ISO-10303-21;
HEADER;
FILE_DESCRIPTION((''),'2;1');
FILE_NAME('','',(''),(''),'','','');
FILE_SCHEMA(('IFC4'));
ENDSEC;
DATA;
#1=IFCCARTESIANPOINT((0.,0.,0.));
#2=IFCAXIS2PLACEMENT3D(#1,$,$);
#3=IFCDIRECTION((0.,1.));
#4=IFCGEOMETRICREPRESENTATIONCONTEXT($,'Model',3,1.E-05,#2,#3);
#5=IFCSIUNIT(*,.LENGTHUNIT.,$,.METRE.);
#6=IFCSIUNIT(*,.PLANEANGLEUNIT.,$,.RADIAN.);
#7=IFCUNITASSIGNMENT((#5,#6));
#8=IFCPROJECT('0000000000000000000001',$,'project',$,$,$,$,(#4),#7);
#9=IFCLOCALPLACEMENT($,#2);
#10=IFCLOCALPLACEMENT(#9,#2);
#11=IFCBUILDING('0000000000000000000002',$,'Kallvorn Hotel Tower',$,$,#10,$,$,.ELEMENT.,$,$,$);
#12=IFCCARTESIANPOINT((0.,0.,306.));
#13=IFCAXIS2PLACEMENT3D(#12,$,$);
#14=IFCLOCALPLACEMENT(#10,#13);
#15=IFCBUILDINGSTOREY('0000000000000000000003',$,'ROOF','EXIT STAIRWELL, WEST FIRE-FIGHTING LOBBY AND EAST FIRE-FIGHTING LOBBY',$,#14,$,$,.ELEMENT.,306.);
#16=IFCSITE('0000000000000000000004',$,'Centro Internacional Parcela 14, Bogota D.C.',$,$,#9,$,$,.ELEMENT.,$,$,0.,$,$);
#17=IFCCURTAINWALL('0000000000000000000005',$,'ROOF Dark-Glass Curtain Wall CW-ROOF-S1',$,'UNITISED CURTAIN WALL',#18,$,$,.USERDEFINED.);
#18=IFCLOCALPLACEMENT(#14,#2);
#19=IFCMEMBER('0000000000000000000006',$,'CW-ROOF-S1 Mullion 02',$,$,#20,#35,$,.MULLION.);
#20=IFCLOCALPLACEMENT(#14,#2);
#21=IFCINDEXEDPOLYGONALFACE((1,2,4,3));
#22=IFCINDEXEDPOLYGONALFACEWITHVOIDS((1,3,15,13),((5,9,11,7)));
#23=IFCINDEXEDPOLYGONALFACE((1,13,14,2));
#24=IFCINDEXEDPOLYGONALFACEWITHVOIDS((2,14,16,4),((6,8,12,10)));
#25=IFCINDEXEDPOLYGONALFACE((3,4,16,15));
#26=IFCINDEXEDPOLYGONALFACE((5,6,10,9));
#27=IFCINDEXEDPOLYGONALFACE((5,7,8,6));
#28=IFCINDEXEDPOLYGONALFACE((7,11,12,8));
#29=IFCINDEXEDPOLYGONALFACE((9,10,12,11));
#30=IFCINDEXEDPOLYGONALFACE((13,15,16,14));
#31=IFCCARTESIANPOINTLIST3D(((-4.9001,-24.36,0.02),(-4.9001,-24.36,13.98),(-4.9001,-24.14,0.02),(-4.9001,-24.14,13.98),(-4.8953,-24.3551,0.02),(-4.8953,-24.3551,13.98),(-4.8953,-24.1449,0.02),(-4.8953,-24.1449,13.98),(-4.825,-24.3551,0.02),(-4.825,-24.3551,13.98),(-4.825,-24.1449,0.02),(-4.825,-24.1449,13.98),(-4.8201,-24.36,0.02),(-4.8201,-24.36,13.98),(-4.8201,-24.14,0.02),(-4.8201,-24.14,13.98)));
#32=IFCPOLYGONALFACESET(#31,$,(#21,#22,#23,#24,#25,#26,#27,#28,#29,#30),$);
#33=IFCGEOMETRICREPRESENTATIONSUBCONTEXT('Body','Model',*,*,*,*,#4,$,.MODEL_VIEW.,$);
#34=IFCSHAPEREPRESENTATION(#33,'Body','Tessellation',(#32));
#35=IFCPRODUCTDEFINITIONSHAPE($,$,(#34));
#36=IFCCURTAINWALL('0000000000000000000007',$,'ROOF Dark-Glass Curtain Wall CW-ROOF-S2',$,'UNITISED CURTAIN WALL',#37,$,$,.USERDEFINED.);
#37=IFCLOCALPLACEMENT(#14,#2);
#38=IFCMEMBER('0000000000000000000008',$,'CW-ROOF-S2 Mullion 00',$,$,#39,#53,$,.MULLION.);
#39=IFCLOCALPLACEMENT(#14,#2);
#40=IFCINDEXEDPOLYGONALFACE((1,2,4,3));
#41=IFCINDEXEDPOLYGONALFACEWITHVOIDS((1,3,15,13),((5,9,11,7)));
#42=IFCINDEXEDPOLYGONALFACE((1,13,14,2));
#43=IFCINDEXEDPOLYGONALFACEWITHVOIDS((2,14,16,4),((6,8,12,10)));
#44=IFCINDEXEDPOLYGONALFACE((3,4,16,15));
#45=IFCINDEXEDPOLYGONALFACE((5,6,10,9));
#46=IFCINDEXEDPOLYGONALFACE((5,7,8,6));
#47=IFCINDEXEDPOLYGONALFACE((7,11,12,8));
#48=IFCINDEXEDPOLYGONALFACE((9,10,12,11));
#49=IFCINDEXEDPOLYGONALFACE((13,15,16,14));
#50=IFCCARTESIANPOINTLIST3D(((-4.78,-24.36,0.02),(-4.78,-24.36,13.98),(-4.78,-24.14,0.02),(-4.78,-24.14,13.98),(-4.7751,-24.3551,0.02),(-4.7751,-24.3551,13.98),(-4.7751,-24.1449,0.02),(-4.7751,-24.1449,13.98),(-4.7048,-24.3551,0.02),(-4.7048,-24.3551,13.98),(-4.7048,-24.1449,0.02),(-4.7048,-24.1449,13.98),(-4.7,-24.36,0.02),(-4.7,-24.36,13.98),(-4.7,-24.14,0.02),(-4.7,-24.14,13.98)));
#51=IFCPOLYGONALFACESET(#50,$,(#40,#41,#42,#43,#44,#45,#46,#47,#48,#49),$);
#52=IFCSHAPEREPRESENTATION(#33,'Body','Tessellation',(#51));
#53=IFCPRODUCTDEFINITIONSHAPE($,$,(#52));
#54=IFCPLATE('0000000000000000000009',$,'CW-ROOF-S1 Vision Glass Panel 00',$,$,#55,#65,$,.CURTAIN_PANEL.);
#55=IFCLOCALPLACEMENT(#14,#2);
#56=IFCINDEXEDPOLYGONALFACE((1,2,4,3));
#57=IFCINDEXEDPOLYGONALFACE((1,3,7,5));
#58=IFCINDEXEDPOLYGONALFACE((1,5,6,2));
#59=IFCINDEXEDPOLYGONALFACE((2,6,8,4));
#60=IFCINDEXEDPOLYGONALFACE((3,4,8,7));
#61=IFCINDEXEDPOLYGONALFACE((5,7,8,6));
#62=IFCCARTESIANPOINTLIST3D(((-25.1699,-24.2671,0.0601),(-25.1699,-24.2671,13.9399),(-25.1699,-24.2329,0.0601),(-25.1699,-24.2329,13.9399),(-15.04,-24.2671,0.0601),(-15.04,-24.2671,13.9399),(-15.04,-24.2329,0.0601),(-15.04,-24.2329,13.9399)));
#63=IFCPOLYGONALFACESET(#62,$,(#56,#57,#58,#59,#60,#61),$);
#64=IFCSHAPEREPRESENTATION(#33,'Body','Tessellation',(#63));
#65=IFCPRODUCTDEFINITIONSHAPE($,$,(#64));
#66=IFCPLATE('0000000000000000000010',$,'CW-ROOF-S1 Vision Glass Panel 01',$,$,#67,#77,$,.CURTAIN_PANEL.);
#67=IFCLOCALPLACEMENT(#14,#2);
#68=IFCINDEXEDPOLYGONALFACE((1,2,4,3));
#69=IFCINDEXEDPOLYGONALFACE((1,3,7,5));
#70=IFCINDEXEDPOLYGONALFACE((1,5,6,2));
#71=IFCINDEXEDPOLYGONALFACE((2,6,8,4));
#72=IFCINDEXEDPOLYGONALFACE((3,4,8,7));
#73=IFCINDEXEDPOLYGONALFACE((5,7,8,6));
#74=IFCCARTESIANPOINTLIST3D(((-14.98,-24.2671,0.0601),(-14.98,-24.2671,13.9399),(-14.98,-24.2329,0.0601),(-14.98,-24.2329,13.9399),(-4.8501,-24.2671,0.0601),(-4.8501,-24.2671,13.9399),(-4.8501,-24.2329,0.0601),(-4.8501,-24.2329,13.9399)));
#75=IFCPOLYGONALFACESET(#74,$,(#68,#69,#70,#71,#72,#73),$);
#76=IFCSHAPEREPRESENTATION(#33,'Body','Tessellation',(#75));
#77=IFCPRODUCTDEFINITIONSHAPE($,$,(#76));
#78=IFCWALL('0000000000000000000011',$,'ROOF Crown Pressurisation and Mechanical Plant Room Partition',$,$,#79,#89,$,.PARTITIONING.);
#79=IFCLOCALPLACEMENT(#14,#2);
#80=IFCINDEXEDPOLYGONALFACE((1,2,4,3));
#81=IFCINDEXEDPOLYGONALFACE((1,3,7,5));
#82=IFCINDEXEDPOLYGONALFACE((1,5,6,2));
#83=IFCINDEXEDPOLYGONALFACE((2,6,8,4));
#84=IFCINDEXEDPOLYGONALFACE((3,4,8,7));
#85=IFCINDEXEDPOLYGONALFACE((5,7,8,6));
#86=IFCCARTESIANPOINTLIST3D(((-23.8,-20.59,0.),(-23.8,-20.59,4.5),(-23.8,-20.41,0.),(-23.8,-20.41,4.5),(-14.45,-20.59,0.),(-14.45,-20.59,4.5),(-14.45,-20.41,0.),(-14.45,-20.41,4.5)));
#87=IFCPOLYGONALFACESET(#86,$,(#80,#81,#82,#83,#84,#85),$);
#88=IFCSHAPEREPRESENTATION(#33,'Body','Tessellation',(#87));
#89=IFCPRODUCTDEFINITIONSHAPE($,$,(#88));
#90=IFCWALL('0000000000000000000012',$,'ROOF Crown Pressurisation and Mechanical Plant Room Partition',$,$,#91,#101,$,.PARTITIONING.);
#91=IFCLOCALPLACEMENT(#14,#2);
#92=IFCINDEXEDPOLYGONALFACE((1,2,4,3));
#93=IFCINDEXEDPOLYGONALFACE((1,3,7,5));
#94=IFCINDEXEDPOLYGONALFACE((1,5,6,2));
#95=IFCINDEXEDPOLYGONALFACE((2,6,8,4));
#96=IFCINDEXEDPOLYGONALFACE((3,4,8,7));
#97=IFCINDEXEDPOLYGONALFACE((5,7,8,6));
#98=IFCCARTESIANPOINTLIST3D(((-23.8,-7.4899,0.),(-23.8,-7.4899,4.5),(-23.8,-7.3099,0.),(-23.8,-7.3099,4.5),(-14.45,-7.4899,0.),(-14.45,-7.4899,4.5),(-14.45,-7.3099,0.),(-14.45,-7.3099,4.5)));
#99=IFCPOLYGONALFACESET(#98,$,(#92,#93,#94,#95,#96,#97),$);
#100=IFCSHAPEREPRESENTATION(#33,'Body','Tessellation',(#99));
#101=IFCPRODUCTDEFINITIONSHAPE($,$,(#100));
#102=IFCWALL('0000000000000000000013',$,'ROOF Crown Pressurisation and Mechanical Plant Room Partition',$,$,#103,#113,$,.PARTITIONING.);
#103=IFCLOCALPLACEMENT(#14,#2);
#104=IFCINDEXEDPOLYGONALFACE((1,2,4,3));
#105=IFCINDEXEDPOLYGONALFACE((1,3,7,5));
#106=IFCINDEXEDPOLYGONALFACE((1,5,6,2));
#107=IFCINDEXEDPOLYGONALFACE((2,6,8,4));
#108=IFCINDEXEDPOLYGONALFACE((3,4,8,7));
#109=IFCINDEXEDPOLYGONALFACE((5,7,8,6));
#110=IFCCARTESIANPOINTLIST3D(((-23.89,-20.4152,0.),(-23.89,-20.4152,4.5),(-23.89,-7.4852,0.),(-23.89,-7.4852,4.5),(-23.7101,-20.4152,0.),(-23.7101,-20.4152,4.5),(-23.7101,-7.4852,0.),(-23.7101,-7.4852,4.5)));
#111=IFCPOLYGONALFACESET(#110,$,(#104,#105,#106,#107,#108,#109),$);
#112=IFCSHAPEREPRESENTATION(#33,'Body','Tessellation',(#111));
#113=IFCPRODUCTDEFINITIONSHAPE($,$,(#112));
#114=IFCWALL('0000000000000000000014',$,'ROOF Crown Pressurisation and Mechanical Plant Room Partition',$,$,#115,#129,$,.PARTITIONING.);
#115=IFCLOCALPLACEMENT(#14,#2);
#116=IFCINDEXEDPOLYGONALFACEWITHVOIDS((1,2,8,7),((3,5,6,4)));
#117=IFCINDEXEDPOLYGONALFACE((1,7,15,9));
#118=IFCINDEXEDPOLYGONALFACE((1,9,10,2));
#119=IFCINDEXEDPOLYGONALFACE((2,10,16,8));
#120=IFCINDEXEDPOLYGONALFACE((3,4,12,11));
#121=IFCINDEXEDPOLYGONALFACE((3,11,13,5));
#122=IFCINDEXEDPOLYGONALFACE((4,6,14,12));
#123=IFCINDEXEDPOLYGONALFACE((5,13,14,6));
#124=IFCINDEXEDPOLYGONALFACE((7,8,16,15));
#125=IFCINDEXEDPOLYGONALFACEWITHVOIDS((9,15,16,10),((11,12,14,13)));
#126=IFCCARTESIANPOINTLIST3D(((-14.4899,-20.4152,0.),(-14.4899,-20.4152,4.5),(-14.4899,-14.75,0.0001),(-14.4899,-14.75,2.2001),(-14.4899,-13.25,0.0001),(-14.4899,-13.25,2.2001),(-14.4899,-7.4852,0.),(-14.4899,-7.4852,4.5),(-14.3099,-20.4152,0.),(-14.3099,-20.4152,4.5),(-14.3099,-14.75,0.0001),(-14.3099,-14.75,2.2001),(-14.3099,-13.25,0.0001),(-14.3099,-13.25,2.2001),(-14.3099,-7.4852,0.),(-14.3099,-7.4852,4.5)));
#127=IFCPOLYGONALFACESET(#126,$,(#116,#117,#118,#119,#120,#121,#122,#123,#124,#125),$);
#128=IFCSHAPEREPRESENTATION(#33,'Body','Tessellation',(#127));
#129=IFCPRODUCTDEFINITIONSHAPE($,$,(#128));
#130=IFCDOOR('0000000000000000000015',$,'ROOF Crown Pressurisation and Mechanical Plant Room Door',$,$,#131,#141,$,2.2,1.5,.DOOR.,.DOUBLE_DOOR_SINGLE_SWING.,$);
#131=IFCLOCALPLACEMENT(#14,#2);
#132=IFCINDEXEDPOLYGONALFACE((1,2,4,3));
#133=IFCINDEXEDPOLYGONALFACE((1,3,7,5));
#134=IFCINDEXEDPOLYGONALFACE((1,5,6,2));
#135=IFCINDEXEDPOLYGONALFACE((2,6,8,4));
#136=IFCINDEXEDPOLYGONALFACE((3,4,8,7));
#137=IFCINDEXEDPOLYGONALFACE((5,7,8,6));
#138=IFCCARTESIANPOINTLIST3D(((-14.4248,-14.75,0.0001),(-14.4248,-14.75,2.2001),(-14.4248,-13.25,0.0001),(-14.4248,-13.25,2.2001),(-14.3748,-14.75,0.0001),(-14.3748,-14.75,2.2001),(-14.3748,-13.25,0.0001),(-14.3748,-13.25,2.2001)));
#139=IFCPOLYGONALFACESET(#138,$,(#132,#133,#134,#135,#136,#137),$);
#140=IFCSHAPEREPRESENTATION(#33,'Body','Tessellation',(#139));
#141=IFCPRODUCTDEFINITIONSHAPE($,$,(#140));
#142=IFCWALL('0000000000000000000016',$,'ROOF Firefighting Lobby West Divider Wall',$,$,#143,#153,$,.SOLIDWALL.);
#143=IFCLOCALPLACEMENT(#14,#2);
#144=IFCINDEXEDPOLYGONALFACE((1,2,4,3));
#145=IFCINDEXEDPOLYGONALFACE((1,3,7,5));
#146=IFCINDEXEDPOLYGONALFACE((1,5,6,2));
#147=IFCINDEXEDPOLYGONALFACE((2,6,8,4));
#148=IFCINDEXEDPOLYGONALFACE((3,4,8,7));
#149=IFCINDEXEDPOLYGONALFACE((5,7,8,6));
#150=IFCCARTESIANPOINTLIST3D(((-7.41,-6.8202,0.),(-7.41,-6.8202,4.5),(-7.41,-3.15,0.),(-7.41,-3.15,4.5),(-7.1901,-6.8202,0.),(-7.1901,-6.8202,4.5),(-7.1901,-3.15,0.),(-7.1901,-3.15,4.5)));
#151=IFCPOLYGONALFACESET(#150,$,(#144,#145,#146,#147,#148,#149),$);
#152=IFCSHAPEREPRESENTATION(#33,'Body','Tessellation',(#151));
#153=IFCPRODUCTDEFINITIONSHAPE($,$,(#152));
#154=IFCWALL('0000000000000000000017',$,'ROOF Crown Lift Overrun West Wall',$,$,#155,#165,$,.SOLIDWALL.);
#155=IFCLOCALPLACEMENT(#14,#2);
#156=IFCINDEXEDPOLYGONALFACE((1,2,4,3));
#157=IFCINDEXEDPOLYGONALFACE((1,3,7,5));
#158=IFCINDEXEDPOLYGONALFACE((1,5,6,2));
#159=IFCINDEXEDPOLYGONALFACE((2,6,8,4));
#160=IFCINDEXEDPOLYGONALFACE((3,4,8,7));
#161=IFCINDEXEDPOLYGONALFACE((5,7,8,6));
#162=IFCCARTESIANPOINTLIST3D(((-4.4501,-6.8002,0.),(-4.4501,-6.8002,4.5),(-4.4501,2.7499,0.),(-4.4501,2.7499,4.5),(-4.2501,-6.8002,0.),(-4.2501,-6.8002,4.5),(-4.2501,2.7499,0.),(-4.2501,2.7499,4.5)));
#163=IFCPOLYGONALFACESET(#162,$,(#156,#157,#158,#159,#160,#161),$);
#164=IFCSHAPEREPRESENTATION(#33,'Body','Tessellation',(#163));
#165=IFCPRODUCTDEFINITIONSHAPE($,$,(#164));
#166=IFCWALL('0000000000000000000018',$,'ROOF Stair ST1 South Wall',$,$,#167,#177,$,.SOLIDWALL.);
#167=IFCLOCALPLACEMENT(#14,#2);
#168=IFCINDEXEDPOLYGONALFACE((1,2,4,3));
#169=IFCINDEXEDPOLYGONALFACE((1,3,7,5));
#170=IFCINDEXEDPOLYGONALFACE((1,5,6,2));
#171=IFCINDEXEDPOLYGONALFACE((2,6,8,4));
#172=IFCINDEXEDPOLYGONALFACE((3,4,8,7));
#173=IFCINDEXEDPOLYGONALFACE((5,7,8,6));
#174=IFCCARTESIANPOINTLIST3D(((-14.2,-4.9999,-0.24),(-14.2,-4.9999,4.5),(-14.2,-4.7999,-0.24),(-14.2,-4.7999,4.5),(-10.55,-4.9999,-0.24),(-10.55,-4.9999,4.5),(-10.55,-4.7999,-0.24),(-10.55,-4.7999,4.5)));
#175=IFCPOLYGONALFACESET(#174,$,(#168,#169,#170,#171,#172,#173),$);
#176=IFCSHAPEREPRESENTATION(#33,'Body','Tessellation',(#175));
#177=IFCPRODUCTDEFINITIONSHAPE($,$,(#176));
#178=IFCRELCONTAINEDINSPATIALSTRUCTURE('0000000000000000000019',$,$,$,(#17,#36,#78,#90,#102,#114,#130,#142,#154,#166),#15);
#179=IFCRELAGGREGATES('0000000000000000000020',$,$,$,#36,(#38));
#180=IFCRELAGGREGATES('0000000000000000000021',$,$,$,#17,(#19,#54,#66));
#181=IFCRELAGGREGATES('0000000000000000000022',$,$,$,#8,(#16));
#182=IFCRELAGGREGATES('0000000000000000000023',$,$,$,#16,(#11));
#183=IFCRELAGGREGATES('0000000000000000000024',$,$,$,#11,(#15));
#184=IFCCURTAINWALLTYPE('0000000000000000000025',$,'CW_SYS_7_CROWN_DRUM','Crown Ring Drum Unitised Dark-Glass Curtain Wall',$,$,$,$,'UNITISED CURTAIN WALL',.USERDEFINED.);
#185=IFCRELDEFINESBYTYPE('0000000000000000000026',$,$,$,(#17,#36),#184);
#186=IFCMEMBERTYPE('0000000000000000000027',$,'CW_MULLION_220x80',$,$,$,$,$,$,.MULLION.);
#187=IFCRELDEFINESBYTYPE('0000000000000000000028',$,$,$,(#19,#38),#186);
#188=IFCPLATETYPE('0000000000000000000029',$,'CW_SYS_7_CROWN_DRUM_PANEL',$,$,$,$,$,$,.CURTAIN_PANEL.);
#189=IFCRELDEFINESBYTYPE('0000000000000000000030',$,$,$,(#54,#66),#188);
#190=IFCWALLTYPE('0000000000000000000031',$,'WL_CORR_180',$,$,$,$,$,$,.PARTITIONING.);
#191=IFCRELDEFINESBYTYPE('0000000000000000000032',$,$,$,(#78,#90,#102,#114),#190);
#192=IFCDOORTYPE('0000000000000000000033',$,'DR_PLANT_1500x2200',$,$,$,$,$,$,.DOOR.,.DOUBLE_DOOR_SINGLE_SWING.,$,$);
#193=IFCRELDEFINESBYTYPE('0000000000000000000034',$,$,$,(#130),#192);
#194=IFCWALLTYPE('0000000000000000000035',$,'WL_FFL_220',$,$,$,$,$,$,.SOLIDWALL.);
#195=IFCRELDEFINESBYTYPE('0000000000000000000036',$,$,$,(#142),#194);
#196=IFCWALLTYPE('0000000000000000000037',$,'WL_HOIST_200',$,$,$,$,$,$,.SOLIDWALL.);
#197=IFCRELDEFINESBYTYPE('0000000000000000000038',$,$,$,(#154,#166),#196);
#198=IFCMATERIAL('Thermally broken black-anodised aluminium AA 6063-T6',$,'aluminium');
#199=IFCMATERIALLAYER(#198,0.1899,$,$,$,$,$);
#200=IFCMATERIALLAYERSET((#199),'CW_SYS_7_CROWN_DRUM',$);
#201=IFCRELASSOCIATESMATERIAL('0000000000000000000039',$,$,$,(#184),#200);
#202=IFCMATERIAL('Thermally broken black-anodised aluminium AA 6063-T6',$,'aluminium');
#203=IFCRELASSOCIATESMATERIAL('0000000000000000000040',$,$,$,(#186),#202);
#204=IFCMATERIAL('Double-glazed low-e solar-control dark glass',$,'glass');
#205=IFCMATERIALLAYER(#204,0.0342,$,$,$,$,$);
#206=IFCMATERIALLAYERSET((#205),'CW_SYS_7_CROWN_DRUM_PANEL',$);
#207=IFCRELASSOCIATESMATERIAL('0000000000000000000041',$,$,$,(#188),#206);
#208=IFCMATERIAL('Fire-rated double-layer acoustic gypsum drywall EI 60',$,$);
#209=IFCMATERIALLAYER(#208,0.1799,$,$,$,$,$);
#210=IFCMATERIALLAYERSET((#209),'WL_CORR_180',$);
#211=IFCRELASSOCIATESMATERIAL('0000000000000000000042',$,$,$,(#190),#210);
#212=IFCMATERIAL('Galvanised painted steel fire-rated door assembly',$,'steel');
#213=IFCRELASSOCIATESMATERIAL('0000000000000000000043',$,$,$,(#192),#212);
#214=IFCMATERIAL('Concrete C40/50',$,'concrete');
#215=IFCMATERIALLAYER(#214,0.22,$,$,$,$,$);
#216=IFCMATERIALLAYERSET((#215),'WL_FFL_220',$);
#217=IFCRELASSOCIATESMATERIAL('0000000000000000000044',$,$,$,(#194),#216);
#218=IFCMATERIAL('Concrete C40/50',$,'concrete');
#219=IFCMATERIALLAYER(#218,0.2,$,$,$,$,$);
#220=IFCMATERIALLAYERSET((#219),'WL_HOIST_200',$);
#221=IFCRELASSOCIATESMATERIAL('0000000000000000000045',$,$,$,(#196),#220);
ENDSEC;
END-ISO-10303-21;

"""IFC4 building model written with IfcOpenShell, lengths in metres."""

from ifc_helpers import new_model, si_unit, direction, frame, frame_2d, origin, origin_2d, place, context, subcontext, project, spatial, rectangle, hollow_rectangle, extrude, material, layer, layer_set, material_profile, profile_set, type_object, element, fill, aggregate, save


model = new_model("IFC4")

# Units and contexts
model_context = context("Model", 3, precision=1e-05, world=origin(), true_north=direction((0.0, 1.0)))
body_context = subcontext(model_context, "Body", "Model", "MODEL_VIEW")
ifc_project = project(units=[si_unit("LENGTHUNIT", "METRE"), si_unit("PLANEANGLEUNIT", "RADIAN")], contexts=[model_context])

# Site, building, storey
site_placement = place(None, origin())
site = spatial("IfcSite", under=ifc_project, at=site_placement, Name="Centro Internacional Parcela 14, Bogota D.C.", CompositionType="ELEMENT", RefElevation=0.0)
building_placement = place(site_placement, origin())
building = spatial("IfcBuilding", under=site, at=building_placement, Name="Kallvorn Hotel Tower", CompositionType="ELEMENT")
storey_placement = place(building_placement, frame((0.0, 0.0, 306.0)))
storey = spatial("IfcBuildingStorey", under=building, at=storey_placement, Name="ROOF", Description="EXIT STAIRWELL, WEST FIRE-FIGHTING LOBBY AND EAST FIRE-FIGHTING LOBBY", CompositionType="ELEMENT", Elevation=306.0)

# Curtain wall, member
ifc_material_1 = material(Name="Thermally broken black-anodised aluminium AA 6063-T6", Category="aluminium")
ifc_layer_1 = layer(ifc_material_1, 0.1899)
ifc_layer_set_1 = layer_set([ifc_layer_1], Name="CW_SYS_7_CROWN_DRUM")
curtain_wall_type = type_object("IfcCurtainWallType", Name="CW_SYS_7_CROWN_DRUM", Description="Crown Ring Drum Unitised Dark-Glass Curtain Wall", ElementType="UNITISED CURTAIN WALL", PredefinedType="USERDEFINED", material=ifc_layer_set_1)
curtain_wall_1_placement = place(storey_placement, origin())
curtain_wall_1 = element("IfcCurtainWall", 1, at=curtain_wall_1_placement, inside=storey, type_object=curtain_wall_type, Name="ROOF Dark-Glass Curtain Wall CW-ROOF-S1", ObjectType="UNITISED CURTAIN WALL", PredefinedType="USERDEFINED")
ifc_material_2 = material(Name="Thermally broken black-anodised aluminium AA 6063-T6", Category="aluminium")
ifc_material_profile_1 = material_profile(ifc_material_2, hollow_rectangle(XDim=0.0801, YDim=0.22, WallThickness=0.0049, at=origin_2d()), Name="MUL 220x80")
ifc_profile_set_1 = profile_set([ifc_material_profile_1], Name="Thermally broken black-anodised aluminium AA 6063-T6")
member_type = type_object("IfcMemberType", Name="CW_MULLION_220x80", PredefinedType="MULLION", material=ifc_profile_set_1)
member_1_placement = place(storey_placement, frame((-4.8601, -24.25, 0.02), z_axis=(0.0, 0.0, 1.0), x_axis=(1.0, 0.0, 0.0)))
member_1 = element("IfcMember", 2, at=member_1_placement, type_object=member_type, Name="CW-ROOF-S1 Mullion 02", PredefinedType="MULLION", context=body_context, shape_type="SweptSolid", body=[
    extrude(hollow_rectangle(XDim=0.0801, YDim=0.22, WallThickness=0.0049, at=origin_2d()), origin(), (0.0, 0.0, 1.0), 13.96),
])

# Curtain wall, member
curtain_wall_2_placement = place(storey_placement, origin())
curtain_wall_2 = element("IfcCurtainWall", 3, at=curtain_wall_2_placement, inside=storey, type_object=curtain_wall_type, Name="ROOF Dark-Glass Curtain Wall CW-ROOF-S2", ObjectType="UNITISED CURTAIN WALL", PredefinedType="USERDEFINED")
member_2_placement = place(storey_placement, frame((-4.74, -24.25, 0.02), z_axis=(0.0, 0.0, 1.0), x_axis=(1.0, 0.0, 0.0)))
member_2 = element("IfcMember", 4, at=member_2_placement, type_object=member_type, Name="CW-ROOF-S2 Mullion 00", PredefinedType="MULLION", context=body_context, shape_type="SweptSolid", body=[
    extrude(hollow_rectangle(XDim=0.0801, YDim=0.22, WallThickness=0.0049, at=origin_2d()), origin(), (0.0, 0.0, 1.0), 13.96),
])
aggregate(curtain_wall_2, [member_2])

# Plates
ifc_material_3 = material(Name="Double-glazed low-e solar-control dark glass", Category="glass")
ifc_layer_2 = layer(ifc_material_3, 0.0342)
ifc_layer_set_2 = layer_set([ifc_layer_2], Name="CW_SYS_7_CROWN_DRUM_PANEL")
plate_type = type_object("IfcPlateType", Name="CW_SYS_7_CROWN_DRUM_PANEL", PredefinedType="CURTAIN_PANEL", material=ifc_layer_set_2)
plate_1_placement = place(storey_placement, frame((-20.105, -24.25, 0.0601), z_axis=(0.0, 0.0, 1.0), x_axis=(1.0, 0.0, 0.0)))
plate_1 = element("IfcPlate", 5, at=plate_1_placement, type_object=plate_type, Name="CW-ROOF-S1 Vision Glass Panel 00", PredefinedType="CURTAIN_PANEL", context=body_context, shape_type="SweptSolid", body=[
    extrude(rectangle(XDim=10.1299, YDim=0.0342, at=origin_2d()), origin(), (0.0, 0.0, 1.0), 13.8799),
])
plate_2_placement = place(storey_placement, frame((-9.915, -24.25, 0.0601), z_axis=(0.0, 0.0, 1.0), x_axis=(1.0, 0.0, 0.0)))
plate_2 = element("IfcPlate", 6, at=plate_2_placement, type_object=plate_type, Name="CW-ROOF-S1 Vision Glass Panel 01", PredefinedType="CURTAIN_PANEL", context=body_context, shape_type="SweptSolid", body=[
    extrude(rectangle(XDim=10.1299, YDim=0.0342, at=origin_2d()), origin(), (0.0, 0.0, 1.0), 13.8799),
])
aggregate(curtain_wall_1, [member_1, plate_1, plate_2])

# Walls
ifc_material_4 = material(Name="Fire-rated double-layer acoustic gypsum drywall EI 60")
ifc_layer_3 = layer(ifc_material_4, 0.1799)
ifc_layer_set_3 = layer_set([ifc_layer_3], Name="WL_CORR_180")
wall_type_1 = type_object("IfcWallType", Name="WL_CORR_180", PredefinedType="PARTITIONING", material=ifc_layer_set_3)
for number, where, z_axis, x_axis, name in (
    (7, (-23.8, -20.5, 0.0), (0.0, 0.0, 1.0), (1.0, 0.0, 0.0), "ROOF Crown Pressurisation and Mechanical Plant Room Partition"),
    (8, (-23.8, -7.3999, 0.0), (0.0, 0.0, 1.0), (1.0, 0.0, 0.0), "ROOF Crown Pressurisation and Mechanical Plant Room Partition"),
):
    element("IfcWall", number, at=place(storey_placement, frame(where, z_axis=z_axis, x_axis=x_axis)), inside=storey, type_object=wall_type_1, Name=name, PredefinedType="PARTITIONING", context=body_context, shape_type="SweptSolid", body=[
        extrude(rectangle(XDim=9.3501, YDim=0.1799, at=frame_2d((4.675, 0.0))), origin(), (0.0, 0.0, 1.0), 4.5),
    ])
wall_1_placement = place(storey_placement, frame((-23.8, -20.415, 0.0), z_axis=(0.0, 0.0, 1.0), x_axis=(0.0, 1.0, 0.0)))
element("IfcWall", 9, at=wall_1_placement, inside=storey, type_object=wall_type_1, Name="ROOF Crown Pressurisation and Mechanical Plant Room Partition", PredefinedType="PARTITIONING", context=body_context, shape_type="SweptSolid", body=[
    extrude(rectangle(XDim=12.9299, YDim=0.1799, at=frame_2d((6.4648, 0.0))), origin(), (0.0, 0.0, 1.0), 4.5),
])

# Wall, opening, door
wall_2_placement = place(storey_placement, frame((-14.3999, -20.415, 0.0), z_axis=(0.0, 0.0, 1.0), x_axis=(0.0, 1.0, 0.0)))
wall_2 = element("IfcWall", 10, at=wall_2_placement, inside=storey, type_object=wall_type_1, Name="ROOF Crown Pressurisation and Mechanical Plant Room Partition", PredefinedType="PARTITIONING", context=body_context, shape_type="SweptSolid", body=[
    extrude(rectangle(XDim=12.9299, YDim=0.1799, at=frame_2d((6.4648, 0.0))), origin(), (0.0, 0.0, 1.0), 4.5),
])
opening_1_placement = place(wall_2_placement, frame((5.665, 0.0, 0.0)))
opening_1 = element("IfcOpeningElement", 11, at=opening_1_placement, cuts=wall_2, PredefinedType="OPENING", context=body_context, shape_type="SweptSolid", body=[
    extrude(rectangle(XDim=1.5, YDim=2.2, at=frame_2d((0.75, 1.1001))), frame((0.0, 0.1047, 0.0), z_axis=(0.0, -1.0, 0.0), x_axis=(1.0, 0.0, 0.0)), (0.0, 0.0, 1.0), 0.21),
])
ifc_material_5 = material(Name="Galvanised painted steel fire-rated door assembly", Category="steel")
door_type_1 = type_object("IfcDoorType", Name="DR_PLANT_1500x2200", OperationType="DOUBLE_DOOR_SINGLE_SWING", PredefinedType="DOOR", material=ifc_material_5)
door_1_placement = place(opening_1_placement, origin())
door_1 = element("IfcDoor", 12, at=door_1_placement, inside=storey, type_object=door_type_1, Name="ROOF Crown Pressurisation and Mechanical Plant Room Door", OperationType="DOUBLE_DOOR_SINGLE_SWING", OverallHeight=2.2, OverallWidth=1.5, PredefinedType="DOOR", context=body_context, shape_type="SweptSolid", body=[
    extrude(rectangle(XDim=1.5, YDim=2.2, at=frame_2d((0.75, 1.1001))), frame((0.0, 0.0249, 0.0), z_axis=(0.0, -1.0, 0.0), x_axis=(1.0, 0.0, 0.0)), (0.0, 0.0, 1.0), 0.05),
])
fill(opening_1, door_1)

# Walls
ifc_material_6 = material(Name="Concrete C40/50", Category="concrete")
ifc_layer_4 = layer(ifc_material_6, 0.22)
ifc_layer_set_4 = layer_set([ifc_layer_4], Name="WL_FFL_220")
wall_type_2 = type_object("IfcWallType", Name="WL_FFL_220", PredefinedType="SOLIDWALL", material=ifc_layer_set_4)
wall_3_placement = place(storey_placement, frame((-7.3, -6.8201, 0.0), z_axis=(0.0, 0.0, 1.0), x_axis=(0.0, 1.0, 0.0)))
element("IfcWall", 13, at=wall_3_placement, inside=storey, type_object=wall_type_2, Name="ROOF Firefighting Lobby West Divider Wall", PredefinedType="SOLIDWALL", context=body_context, shape_type="SweptSolid", body=[
    extrude(rectangle(XDim=3.6702, YDim=0.22, at=frame_2d((1.835, 0.0))), origin(), (0.0, 0.0, 1.0), 4.5),
])
ifc_material_7 = material(Name="Concrete C40/50", Category="concrete")
ifc_layer_5 = layer(ifc_material_7, 0.2)
ifc_layer_set_5 = layer_set([ifc_layer_5], Name="WL_HOIST_200")
wall_type_3 = type_object("IfcWallType", Name="WL_HOIST_200", PredefinedType="SOLIDWALL", material=ifc_layer_set_5)
wall_4_placement = place(storey_placement, frame((-4.3501, -6.8, 0.0), z_axis=(0.0, 0.0, 1.0), x_axis=(0.0, 1.0, 0.0)))
element("IfcWall", 14, at=wall_4_placement, inside=storey, type_object=wall_type_3, Name="ROOF Crown Lift Overrun West Wall", PredefinedType="SOLIDWALL", context=body_context, shape_type="SweptSolid", body=[
    extrude(rectangle(XDim=9.55, YDim=0.2, at=frame_2d((4.7749, 0.0))), origin(), (0.0, 0.0, 1.0), 4.5),
])
wall_5_placement = place(storey_placement, frame((-14.2, -4.8999, -0.24), z_axis=(0.0, 0.0, 1.0), x_axis=(1.0, 0.0, 0.0)))
element("IfcWall", 15, at=wall_5_placement, inside=storey, type_object=wall_type_3, Name="ROOF Stair ST1 South Wall", PredefinedType="SOLIDWALL", context=body_context, shape_type="SweptSolid", body=[
    extrude(rectangle(XDim=3.6499, YDim=0.2, at=frame_2d((1.825, 0.0))), origin(), (0.0, 0.0, 1.0), 4.74),
])

save(model, "model.ifc")
